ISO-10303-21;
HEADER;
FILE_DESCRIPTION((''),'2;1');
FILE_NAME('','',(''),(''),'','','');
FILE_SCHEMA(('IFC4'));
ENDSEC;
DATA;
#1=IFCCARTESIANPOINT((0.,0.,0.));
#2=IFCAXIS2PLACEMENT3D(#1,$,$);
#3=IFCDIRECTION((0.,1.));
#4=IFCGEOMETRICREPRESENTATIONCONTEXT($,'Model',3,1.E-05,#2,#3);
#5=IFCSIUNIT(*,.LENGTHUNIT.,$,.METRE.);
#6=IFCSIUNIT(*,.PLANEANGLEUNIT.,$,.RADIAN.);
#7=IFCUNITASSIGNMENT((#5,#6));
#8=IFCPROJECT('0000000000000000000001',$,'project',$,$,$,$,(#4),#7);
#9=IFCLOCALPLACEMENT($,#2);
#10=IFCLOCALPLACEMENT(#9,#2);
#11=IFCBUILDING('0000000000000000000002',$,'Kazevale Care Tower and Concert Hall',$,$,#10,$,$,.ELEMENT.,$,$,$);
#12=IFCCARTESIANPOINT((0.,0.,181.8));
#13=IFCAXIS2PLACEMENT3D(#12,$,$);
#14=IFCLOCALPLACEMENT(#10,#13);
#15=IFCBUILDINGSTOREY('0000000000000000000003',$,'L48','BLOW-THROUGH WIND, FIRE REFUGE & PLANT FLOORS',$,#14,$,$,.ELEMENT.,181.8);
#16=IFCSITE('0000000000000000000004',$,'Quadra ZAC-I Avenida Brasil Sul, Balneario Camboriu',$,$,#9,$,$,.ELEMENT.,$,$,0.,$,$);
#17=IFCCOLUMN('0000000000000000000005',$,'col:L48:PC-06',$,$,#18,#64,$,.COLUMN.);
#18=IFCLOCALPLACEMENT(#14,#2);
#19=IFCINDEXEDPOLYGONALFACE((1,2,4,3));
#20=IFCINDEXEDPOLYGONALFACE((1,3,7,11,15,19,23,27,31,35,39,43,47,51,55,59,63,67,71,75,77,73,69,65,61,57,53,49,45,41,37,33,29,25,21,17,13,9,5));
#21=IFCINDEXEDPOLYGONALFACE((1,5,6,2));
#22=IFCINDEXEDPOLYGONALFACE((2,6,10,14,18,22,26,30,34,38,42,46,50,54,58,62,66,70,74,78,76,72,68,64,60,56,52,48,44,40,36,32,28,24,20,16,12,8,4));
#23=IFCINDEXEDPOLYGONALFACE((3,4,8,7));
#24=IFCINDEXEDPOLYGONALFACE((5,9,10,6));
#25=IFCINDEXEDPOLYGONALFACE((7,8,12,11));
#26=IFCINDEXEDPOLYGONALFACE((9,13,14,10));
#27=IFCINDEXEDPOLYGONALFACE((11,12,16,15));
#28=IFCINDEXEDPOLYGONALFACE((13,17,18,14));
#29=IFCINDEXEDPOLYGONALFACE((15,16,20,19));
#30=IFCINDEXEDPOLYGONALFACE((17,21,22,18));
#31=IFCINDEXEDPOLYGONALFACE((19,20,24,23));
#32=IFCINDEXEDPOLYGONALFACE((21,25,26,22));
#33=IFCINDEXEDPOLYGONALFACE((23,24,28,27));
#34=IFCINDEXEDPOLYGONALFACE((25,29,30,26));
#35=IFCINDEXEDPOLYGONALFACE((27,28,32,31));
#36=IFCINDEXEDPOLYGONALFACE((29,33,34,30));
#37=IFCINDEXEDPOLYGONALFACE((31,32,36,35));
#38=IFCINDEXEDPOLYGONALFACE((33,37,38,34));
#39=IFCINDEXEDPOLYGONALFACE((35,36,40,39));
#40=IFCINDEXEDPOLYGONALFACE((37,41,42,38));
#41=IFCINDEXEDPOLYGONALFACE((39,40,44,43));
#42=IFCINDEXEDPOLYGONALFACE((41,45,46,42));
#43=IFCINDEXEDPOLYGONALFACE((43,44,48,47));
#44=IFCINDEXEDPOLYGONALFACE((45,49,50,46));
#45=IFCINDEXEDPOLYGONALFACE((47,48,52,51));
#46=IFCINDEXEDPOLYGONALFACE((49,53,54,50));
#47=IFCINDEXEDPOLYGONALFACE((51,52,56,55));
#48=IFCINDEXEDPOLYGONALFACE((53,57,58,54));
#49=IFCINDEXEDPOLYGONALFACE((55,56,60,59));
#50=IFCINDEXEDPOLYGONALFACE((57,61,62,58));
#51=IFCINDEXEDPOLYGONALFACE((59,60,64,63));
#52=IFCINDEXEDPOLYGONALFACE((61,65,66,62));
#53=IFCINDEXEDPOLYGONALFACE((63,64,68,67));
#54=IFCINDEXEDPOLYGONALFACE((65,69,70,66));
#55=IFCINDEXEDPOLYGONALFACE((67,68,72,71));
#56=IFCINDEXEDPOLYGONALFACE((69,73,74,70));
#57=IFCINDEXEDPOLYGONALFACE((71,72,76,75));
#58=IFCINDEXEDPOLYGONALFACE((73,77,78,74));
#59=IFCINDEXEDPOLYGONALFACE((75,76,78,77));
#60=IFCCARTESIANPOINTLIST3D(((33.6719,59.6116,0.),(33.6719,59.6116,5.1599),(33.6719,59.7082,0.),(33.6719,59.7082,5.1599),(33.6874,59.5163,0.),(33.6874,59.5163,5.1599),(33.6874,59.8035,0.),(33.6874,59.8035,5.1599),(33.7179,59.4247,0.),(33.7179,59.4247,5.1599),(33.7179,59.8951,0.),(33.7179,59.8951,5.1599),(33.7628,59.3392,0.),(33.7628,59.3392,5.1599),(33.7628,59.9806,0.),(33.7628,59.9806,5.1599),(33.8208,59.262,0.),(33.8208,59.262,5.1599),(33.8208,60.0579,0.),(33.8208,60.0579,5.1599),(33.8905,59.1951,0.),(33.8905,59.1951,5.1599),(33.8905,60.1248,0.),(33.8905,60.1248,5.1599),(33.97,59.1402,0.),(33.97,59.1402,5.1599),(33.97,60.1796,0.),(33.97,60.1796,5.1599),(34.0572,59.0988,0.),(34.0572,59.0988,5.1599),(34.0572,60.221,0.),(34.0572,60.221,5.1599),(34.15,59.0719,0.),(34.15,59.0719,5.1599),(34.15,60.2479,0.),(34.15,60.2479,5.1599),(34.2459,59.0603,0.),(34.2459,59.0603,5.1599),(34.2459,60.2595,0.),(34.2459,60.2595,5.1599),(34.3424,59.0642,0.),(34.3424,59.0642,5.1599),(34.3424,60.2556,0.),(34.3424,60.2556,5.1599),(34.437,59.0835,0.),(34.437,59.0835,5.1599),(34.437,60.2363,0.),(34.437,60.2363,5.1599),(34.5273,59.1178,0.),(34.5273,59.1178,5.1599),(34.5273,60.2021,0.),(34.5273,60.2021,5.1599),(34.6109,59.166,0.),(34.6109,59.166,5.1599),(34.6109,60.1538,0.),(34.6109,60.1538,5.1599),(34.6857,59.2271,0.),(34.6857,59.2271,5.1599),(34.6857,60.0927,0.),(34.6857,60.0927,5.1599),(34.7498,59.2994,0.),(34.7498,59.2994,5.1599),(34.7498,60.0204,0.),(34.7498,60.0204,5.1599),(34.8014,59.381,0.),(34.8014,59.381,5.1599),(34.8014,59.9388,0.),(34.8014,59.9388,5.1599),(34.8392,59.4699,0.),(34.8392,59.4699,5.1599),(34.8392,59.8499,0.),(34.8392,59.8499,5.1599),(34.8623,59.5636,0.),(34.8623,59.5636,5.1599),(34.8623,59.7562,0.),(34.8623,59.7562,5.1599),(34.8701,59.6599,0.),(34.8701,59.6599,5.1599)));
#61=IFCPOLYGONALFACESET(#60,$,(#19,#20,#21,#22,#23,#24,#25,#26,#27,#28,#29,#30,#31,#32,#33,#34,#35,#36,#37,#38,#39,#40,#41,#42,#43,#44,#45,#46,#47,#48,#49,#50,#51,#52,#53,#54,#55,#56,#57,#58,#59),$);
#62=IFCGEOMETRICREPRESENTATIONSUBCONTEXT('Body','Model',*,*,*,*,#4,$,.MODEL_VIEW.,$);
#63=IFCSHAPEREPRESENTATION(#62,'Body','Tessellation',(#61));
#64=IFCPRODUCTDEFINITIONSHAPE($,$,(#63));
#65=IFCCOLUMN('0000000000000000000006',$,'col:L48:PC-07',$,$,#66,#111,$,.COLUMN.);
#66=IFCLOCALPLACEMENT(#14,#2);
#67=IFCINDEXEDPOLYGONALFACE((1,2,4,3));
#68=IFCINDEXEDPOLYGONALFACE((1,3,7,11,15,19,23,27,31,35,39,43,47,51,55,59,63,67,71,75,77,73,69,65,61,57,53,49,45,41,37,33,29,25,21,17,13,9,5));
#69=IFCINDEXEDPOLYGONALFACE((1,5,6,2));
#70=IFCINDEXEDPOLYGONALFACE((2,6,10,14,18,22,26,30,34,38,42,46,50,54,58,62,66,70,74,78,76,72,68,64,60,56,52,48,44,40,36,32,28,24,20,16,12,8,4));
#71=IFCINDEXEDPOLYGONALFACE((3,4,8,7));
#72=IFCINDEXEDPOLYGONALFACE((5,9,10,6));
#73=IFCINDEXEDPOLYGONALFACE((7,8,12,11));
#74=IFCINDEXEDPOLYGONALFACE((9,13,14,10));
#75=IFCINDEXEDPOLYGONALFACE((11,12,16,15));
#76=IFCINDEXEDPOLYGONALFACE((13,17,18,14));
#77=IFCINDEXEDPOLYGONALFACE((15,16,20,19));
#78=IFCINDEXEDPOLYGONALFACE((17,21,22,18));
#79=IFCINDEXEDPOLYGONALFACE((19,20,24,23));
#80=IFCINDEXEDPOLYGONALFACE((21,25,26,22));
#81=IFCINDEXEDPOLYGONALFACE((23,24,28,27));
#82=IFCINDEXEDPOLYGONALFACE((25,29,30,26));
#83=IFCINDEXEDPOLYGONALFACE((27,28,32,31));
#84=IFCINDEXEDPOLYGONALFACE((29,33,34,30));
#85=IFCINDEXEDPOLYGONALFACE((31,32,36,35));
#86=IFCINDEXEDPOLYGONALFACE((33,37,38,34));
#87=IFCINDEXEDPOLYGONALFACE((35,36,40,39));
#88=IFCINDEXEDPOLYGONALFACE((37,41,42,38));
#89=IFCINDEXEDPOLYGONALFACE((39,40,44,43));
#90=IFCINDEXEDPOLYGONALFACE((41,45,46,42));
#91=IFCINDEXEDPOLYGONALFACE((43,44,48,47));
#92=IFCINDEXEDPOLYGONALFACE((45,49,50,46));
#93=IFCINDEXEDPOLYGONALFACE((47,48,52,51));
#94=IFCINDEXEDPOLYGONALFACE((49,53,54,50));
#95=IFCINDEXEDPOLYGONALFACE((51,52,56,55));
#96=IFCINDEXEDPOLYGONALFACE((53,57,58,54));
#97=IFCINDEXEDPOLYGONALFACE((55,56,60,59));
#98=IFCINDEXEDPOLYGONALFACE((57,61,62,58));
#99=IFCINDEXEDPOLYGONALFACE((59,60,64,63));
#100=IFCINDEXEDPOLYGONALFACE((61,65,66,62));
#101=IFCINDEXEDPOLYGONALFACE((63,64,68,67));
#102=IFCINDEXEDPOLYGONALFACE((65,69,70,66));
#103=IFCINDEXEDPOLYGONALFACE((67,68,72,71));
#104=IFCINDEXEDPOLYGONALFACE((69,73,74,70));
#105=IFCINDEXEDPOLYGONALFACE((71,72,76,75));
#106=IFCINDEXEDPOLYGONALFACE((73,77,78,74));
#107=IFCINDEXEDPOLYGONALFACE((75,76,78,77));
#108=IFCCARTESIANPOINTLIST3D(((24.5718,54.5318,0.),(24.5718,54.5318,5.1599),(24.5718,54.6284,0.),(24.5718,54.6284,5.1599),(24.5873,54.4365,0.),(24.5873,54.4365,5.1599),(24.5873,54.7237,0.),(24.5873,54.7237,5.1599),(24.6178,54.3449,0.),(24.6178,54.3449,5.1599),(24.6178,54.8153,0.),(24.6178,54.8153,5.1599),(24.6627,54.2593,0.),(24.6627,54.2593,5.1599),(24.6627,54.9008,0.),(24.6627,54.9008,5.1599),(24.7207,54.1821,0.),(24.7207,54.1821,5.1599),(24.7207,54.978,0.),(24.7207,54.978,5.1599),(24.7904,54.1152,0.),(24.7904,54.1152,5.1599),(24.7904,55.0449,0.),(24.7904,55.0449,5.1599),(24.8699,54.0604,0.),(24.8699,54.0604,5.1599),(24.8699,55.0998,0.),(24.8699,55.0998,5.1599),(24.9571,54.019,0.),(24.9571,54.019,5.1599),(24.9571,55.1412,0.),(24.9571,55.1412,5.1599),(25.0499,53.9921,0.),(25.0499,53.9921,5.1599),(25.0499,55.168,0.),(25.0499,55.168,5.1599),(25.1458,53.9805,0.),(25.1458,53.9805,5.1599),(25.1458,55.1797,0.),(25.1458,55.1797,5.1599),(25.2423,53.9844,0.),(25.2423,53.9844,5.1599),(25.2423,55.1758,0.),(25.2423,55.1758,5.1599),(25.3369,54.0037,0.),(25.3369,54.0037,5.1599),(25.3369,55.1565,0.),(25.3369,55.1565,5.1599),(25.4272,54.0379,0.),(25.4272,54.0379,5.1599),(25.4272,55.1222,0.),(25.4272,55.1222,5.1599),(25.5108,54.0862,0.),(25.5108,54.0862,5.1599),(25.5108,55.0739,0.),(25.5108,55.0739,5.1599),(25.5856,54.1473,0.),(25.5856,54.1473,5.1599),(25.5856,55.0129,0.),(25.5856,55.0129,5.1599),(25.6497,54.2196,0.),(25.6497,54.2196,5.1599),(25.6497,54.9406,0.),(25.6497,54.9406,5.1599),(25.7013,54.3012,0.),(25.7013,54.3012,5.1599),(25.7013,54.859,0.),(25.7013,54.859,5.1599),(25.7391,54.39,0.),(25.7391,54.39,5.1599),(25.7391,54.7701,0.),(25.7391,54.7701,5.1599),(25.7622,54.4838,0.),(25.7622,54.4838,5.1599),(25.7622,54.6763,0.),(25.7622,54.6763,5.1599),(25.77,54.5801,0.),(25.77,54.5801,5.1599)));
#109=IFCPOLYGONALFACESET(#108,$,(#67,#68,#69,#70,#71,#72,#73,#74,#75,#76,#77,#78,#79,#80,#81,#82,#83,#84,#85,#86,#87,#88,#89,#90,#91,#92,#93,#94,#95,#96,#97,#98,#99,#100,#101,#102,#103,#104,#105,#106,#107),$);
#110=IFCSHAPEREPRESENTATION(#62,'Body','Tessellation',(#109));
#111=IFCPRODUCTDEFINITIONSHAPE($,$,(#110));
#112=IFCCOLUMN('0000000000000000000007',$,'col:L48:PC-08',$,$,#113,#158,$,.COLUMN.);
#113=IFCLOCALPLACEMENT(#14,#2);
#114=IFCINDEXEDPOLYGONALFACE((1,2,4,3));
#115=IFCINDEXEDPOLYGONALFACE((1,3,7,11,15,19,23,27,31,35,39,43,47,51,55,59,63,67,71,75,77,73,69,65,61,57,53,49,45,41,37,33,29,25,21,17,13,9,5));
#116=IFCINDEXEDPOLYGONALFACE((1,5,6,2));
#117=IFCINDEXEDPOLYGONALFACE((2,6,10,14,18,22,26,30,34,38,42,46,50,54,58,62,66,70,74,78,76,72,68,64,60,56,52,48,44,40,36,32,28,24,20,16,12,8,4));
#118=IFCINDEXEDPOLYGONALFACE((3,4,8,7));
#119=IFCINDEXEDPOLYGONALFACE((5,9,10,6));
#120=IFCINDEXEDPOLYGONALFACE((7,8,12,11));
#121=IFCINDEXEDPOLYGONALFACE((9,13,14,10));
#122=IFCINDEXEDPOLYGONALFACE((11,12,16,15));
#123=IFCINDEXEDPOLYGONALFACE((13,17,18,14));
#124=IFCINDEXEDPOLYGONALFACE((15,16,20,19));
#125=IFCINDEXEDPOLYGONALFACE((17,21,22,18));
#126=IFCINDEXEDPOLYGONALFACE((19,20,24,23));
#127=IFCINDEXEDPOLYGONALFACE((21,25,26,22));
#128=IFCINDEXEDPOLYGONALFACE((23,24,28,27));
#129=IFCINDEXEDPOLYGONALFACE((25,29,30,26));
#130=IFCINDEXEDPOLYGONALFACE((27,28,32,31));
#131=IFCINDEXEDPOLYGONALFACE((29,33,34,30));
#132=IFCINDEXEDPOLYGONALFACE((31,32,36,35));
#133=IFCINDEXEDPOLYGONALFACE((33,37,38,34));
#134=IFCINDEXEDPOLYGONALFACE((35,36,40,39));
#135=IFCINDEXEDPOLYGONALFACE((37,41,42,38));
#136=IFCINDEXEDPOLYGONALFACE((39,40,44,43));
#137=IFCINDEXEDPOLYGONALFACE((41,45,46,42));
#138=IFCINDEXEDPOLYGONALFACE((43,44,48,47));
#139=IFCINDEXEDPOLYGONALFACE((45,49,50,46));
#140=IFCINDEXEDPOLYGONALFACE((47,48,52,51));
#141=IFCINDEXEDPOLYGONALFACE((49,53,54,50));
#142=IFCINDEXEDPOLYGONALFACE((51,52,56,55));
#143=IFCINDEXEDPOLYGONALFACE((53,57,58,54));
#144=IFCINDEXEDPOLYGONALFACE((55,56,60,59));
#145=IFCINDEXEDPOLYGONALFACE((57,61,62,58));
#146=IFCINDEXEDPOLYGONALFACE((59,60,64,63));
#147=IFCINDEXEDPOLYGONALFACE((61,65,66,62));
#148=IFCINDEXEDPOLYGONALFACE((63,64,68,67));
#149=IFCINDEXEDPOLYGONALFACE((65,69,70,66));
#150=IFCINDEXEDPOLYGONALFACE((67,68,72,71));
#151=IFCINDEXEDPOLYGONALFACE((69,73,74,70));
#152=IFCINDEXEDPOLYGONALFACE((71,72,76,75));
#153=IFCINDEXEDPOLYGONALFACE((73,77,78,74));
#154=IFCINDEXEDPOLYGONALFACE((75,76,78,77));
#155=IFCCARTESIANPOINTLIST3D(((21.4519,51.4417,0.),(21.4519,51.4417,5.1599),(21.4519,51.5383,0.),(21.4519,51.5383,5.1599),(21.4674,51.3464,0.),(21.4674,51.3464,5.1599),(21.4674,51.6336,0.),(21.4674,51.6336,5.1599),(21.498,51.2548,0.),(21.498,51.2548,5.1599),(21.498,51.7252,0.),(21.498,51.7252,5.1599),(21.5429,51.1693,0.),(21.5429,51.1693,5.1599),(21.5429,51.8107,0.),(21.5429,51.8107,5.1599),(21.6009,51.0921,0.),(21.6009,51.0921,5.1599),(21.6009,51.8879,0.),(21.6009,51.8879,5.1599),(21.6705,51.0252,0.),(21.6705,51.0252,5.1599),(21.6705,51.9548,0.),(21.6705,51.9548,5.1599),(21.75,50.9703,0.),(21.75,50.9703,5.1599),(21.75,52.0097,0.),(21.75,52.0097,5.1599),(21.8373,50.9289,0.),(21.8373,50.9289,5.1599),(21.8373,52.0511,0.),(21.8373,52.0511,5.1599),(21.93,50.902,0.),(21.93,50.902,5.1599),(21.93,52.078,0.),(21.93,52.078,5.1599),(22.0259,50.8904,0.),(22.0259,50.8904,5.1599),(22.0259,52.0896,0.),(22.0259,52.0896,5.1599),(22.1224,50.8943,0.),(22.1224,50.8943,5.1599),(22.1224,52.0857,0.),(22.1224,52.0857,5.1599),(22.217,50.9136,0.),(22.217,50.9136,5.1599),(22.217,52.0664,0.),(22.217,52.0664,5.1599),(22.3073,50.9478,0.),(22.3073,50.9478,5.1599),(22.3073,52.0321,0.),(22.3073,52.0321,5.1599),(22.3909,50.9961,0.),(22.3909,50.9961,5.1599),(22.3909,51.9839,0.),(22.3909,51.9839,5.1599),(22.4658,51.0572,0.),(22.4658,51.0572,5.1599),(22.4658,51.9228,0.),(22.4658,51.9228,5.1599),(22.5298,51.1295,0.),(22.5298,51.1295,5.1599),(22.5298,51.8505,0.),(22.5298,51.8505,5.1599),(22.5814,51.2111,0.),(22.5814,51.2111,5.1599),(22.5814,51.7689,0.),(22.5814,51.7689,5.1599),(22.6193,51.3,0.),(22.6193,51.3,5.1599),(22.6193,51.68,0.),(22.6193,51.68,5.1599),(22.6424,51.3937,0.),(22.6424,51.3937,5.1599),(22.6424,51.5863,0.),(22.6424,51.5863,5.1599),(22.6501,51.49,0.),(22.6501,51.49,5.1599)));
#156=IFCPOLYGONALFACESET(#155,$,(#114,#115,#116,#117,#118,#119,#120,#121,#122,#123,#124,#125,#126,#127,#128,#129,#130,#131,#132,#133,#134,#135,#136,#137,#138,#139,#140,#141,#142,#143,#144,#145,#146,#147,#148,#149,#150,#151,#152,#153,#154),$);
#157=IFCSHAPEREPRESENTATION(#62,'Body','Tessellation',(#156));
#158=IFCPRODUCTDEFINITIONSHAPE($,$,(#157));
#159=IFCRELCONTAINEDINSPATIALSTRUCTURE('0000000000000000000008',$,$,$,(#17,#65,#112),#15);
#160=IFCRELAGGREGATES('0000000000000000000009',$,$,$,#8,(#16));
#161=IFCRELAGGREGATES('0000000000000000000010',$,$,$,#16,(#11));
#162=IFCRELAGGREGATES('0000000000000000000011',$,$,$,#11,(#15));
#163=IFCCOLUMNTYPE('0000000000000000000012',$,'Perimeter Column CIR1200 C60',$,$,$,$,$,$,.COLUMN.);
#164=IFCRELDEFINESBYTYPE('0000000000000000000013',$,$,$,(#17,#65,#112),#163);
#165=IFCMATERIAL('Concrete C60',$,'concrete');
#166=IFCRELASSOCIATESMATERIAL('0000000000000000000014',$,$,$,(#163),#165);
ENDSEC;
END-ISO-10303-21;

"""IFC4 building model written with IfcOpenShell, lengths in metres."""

from ifc_helpers import new_model, si_unit, direction, frame, origin, origin_2d, place, context, subcontext, project, spatial, circle, extrude, material, material_profile, profile_set, type_object, element, save


model = new_model("IFC4")

# Units and contexts
model_context = context("Model", 3, precision=1e-05, world=origin(), true_north=direction((0.0, 1.0)))
body_context = subcontext(model_context, "Body", "Model", "MODEL_VIEW")
ifc_project = project(units=[si_unit("LENGTHUNIT", "METRE"), si_unit("PLANEANGLEUNIT", "RADIAN")], contexts=[model_context])

# Site, building, storey
site_placement = place(None, origin())
site = spatial("IfcSite", under=ifc_project, at=site_placement, Name="Quadra ZAC-I Avenida Brasil Sul, Balneario Camboriu", CompositionType="ELEMENT", RefElevation=0.0)
building_placement = place(site_placement, origin())
building = spatial("IfcBuilding", under=site, at=building_placement, Name="Kazevale Care Tower and Concert Hall", CompositionType="ELEMENT")
storey_placement = place(building_placement, frame((0.0, 0.0, 181.8)))
storey = spatial("IfcBuildingStorey", under=building, at=storey_placement, Name="L48", Description="BLOW-THROUGH WIND, FIRE REFUGE & PLANT FLOORS", CompositionType="ELEMENT", Elevation=181.8)

# Columns
ifc_material_1 = material(Name="Concrete C60", Category="concrete")
ifc_material_profile_1 = material_profile(ifc_material_1, circle(Radius=0.6001, at=origin_2d()), Name="RC-CIR1200")
ifc_profile_set_1 = profile_set([ifc_material_profile_1], Name="Concrete C60")
column_type = type_object("IfcColumnType", Name="Perimeter Column CIR1200 C60", PredefinedType="COLUMN", material=ifc_profile_set_1)
for number, where, z_axis, x_axis, name in (
    (1, (34.27, 59.6599, 0.0), (0.0, 0.0, 1.0), (1.0, 0.0, 0.0), "col:L48:PC-06"),
    (2, (25.1699, 54.5801, 0.0), (0.0, 0.0, 1.0), (1.0, 0.0, 0.0), "col:L48:PC-07"),
    (3, (22.05, 51.49, 0.0), (0.0, 0.0, 1.0), (1.0, 0.0, 0.0), "col:L48:PC-08"),
):
    element("IfcColumn", number, at=place(storey_placement, frame(where, z_axis=z_axis, x_axis=x_axis)), inside=storey, type_object=column_type, Name=name, PredefinedType="COLUMN", context=body_context, shape_type="SweptSolid", body=[
        extrude(circle(Radius=0.6001, at=origin_2d()), origin(), (0.0, 0.0, 1.0), 5.1599),
    ])

save(model, "model.ifc")
